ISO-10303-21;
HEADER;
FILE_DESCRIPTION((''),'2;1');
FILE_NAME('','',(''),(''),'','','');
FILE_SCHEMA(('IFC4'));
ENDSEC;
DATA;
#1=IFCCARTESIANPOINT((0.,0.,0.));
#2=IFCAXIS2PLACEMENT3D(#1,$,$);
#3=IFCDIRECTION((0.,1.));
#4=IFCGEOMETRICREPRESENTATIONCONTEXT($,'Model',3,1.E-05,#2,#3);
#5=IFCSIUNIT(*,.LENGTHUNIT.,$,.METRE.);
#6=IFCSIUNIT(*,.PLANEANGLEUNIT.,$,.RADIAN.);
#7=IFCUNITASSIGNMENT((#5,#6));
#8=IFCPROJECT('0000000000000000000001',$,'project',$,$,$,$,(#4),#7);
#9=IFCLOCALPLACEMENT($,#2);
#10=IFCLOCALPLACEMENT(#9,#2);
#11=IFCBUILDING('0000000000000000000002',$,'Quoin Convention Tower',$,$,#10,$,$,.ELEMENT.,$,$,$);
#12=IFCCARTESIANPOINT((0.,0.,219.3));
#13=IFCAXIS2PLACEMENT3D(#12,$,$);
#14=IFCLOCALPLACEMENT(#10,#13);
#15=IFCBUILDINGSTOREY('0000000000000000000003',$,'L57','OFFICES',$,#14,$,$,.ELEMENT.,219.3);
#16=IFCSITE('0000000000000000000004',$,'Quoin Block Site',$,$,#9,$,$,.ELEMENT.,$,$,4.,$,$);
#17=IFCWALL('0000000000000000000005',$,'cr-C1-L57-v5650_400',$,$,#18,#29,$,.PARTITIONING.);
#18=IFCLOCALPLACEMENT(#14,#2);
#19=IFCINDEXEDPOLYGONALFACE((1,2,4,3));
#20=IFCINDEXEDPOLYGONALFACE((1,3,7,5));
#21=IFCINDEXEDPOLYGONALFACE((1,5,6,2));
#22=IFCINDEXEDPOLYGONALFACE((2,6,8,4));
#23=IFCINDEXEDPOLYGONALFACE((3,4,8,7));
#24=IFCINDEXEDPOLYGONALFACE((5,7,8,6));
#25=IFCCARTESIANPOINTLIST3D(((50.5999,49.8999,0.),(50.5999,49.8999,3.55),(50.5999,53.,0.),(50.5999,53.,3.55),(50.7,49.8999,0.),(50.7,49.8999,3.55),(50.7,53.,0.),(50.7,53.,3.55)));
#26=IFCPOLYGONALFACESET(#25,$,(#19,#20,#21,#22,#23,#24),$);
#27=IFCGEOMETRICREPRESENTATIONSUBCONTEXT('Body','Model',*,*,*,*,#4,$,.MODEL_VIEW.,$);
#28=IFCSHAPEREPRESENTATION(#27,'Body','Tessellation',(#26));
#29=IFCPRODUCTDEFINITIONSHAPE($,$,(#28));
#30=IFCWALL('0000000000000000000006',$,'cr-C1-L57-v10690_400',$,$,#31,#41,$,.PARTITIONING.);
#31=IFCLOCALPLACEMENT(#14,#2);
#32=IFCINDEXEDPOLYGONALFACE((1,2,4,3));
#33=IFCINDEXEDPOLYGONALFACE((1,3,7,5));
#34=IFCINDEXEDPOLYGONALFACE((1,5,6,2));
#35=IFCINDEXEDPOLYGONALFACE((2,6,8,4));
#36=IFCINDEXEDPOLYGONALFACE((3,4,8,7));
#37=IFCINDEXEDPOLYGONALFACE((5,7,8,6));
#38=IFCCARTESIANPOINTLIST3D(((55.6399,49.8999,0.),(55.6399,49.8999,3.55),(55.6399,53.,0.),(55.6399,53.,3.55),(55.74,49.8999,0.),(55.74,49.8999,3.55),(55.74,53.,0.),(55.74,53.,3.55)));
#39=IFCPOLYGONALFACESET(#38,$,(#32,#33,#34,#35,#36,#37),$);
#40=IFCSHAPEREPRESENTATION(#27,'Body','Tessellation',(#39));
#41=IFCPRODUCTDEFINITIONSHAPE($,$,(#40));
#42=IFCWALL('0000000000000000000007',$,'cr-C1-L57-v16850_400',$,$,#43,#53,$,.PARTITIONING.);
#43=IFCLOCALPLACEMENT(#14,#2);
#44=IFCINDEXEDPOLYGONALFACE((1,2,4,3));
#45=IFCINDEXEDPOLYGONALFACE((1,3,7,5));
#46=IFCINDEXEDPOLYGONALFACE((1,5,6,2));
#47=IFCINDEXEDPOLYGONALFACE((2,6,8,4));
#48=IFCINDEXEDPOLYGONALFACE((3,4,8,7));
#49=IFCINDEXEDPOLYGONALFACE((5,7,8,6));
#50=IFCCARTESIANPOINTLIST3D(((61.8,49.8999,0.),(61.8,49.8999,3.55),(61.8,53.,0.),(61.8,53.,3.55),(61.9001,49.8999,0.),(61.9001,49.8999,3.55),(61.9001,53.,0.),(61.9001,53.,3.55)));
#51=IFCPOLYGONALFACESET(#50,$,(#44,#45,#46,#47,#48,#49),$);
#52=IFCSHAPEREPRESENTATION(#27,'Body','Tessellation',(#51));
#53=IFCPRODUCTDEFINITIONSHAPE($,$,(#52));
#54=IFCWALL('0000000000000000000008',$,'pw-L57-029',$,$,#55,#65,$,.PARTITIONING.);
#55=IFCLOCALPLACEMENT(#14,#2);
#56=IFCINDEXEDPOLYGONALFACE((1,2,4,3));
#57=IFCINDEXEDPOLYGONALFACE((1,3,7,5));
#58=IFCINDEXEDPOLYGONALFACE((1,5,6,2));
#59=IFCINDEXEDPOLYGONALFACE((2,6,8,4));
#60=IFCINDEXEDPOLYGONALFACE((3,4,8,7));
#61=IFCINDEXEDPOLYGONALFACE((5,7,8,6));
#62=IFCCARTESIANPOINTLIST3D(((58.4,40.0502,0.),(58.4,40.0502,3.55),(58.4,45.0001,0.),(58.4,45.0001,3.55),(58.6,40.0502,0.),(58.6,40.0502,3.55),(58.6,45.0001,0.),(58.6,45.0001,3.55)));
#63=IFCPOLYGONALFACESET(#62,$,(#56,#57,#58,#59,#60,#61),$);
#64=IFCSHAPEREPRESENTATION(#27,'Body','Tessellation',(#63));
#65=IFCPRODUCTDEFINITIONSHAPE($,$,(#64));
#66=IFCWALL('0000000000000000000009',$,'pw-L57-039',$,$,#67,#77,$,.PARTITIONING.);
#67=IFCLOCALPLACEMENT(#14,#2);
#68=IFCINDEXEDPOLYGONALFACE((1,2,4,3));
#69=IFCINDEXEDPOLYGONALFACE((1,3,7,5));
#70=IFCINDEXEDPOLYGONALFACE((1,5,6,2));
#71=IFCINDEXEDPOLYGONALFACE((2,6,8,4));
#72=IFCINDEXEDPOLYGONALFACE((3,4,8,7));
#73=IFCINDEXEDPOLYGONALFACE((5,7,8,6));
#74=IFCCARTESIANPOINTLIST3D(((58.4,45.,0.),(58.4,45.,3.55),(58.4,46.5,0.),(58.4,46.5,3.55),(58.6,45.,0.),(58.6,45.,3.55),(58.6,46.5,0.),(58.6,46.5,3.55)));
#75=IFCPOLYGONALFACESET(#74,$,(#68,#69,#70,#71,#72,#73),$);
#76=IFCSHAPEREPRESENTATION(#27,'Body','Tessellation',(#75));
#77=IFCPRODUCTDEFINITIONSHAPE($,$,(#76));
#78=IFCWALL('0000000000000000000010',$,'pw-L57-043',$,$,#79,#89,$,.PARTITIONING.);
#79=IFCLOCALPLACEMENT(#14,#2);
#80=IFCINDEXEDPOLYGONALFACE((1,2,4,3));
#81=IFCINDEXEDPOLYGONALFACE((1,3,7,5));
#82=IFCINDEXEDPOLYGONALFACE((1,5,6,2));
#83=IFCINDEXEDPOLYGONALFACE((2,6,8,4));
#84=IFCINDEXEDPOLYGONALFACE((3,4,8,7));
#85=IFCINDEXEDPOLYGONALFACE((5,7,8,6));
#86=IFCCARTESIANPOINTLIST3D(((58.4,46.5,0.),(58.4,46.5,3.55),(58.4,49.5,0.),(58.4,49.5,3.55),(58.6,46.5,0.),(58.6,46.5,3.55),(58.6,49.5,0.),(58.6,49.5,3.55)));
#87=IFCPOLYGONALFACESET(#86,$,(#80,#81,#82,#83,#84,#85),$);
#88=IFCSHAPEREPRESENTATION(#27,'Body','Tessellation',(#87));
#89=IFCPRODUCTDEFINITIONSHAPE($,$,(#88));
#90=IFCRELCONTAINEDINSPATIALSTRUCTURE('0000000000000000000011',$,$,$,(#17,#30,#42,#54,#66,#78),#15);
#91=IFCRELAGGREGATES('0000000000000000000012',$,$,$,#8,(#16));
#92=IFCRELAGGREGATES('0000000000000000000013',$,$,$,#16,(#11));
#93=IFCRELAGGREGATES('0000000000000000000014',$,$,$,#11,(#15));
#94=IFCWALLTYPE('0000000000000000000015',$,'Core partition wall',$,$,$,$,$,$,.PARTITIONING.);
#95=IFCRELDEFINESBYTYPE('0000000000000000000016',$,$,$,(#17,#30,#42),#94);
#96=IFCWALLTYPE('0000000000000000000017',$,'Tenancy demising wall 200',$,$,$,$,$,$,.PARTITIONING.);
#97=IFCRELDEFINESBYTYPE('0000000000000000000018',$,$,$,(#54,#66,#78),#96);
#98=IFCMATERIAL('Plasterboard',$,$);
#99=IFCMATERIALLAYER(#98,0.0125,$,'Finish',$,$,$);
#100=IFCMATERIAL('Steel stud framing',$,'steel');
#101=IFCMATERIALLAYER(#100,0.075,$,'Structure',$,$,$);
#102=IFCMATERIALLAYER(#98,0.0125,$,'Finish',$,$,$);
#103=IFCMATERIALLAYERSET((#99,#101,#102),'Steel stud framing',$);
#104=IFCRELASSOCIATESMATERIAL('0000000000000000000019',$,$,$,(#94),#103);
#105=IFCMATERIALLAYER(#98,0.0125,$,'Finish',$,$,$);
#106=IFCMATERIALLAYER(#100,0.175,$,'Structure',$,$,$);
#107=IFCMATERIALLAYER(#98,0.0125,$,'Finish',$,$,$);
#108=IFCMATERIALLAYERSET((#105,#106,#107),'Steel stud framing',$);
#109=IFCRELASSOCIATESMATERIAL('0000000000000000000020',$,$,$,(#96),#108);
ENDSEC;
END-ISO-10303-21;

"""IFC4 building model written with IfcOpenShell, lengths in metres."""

from ifc_helpers import new_model, si_unit, direction, frame, frame_2d, origin, place, context, subcontext, project, spatial, rectangle, extrude, material, layer, layer_set, type_object, element, save


model = new_model("IFC4")

# Units and contexts
model_context = context("Model", 3, precision=1e-05, world=origin(), true_north=direction((0.0, 1.0)))
body_context = subcontext(model_context, "Body", "Model", "MODEL_VIEW")
ifc_project = project(units=[si_unit("LENGTHUNIT", "METRE"), si_unit("PLANEANGLEUNIT", "RADIAN")], contexts=[model_context])

# Site, building, storey
site_placement = place(None, origin())
site = spatial("IfcSite", under=ifc_project, at=site_placement, Name="Quoin Block Site", CompositionType="ELEMENT", RefElevation=4.0)
building_placement = place(site_placement, origin())
building = spatial("IfcBuilding", under=site, at=building_placement, Name="Quoin Convention Tower", CompositionType="ELEMENT")
storey_placement = place(building_placement, frame((0.0, 0.0, 219.3)))
storey = spatial("IfcBuildingStorey", under=building, at=storey_placement, Name="L57", Description="OFFICES", CompositionType="ELEMENT", Elevation=219.3)

# Shared definitions
ifc_material_1 = material(Name="Plasterboard")
ifc_material_2 = material(Name="Steel stud framing", Category="steel")

# Walls
ifc_layer_1 = layer(ifc_material_1, 0.0125, Name="Finish")
ifc_layer_2 = layer(ifc_material_2, 0.075, Name="Structure")
ifc_layer_3 = layer(ifc_material_1, 0.0125, Name="Finish")
ifc_layer_set_1 = layer_set([ifc_layer_1, ifc_layer_2, ifc_layer_3], Name="Steel stud framing")
wall_type_1 = type_object("IfcWallType", Name="Core partition wall", PredefinedType="PARTITIONING", material=ifc_layer_set_1)
for number, where, z_axis, x_axis, name in (
    (1, (50.6499, 49.8999, 0.0), (0.0, 0.0, 1.0), (0.0, 1.0, 0.0), "cr-C1-L57-v5650_400"),
    (2, (55.6899, 49.8999, 0.0), (0.0, 0.0, 1.0), (0.0, 1.0, 0.0), "cr-C1-L57-v10690_400"),
    (3, (61.8501, 49.8999, 0.0), (0.0, 0.0, 1.0), (0.0, 1.0, 0.0), "cr-C1-L57-v16850_400"),
):
    element("IfcWall", number, at=place(storey_placement, frame(where, z_axis=z_axis, x_axis=x_axis)), inside=storey, type_object=wall_type_1, Name=name, PredefinedType="PARTITIONING", context=body_context, shape_type="SweptSolid", body=[
        extrude(rectangle(XDim=3.1001, YDim=0.1001, at=frame_2d((1.55, 0.0))), origin(), (0.0, 0.0, 1.0), 3.55),
    ])
ifc_layer_4 = layer(ifc_material_1, 0.0125, Name="Finish")
ifc_layer_5 = layer(ifc_material_2, 0.175, Name="Structure")
ifc_layer_6 = layer(ifc_material_1, 0.0125, Name="Finish")
ifc_layer_set_2 = layer_set([ifc_layer_4, ifc_layer_5, ifc_layer_6], Name="Steel stud framing")
wall_type_2 = type_object("IfcWallType", Name="Tenancy demising wall 200", PredefinedType="PARTITIONING", material=ifc_layer_set_2)
wall_1_placement = place(storey_placement, frame((58.5, 40.05, 0.0), z_axis=(0.0, 0.0, 1.0), x_axis=(0.0, 1.0, 0.0)))
element("IfcWall", 4, at=wall_1_placement, inside=storey, type_object=wall_type_2, Name="pw-L57-029", PredefinedType="PARTITIONING", context=body_context, shape_type="SweptSolid", body=[
    extrude(rectangle(XDim=4.95, YDim=0.2, at=frame_2d((2.4751, 0.0))), origin(), (0.0, 0.0, 1.0), 3.55),
])
wall_2_placement = place(storey_placement, frame((58.5, 45.0, 0.0), z_axis=(0.0, 0.0, 1.0), x_axis=(0.0, 1.0, 0.0)))
element("IfcWall", 5, at=wall_2_placement, inside=storey, type_object=wall_type_2, Name="pw-L57-039", PredefinedType="PARTITIONING", context=body_context, shape_type="SweptSolid", body=[
    extrude(rectangle(XDim=1.5, YDim=0.2, at=frame_2d((0.75, 0.0))), origin(), (0.0, 0.0, 1.0), 3.55),
])
wall_3_placement = place(storey_placement, frame((58.5, 46.5, 0.0), z_axis=(0.0, 0.0, 1.0), x_axis=(0.0, 1.0, 0.0)))
element("IfcWall", 6, at=wall_3_placement, inside=storey, type_object=wall_type_2, Name="pw-L57-043", PredefinedType="PARTITIONING", context=body_context, shape_type="SweptSolid", body=[
    extrude(rectangle(XDim=3.0, YDim=0.2, at=frame_2d((1.5, 0.0))), origin(), (0.0, 0.0, 1.0), 3.55),
])

save(model, "model.ifc")
